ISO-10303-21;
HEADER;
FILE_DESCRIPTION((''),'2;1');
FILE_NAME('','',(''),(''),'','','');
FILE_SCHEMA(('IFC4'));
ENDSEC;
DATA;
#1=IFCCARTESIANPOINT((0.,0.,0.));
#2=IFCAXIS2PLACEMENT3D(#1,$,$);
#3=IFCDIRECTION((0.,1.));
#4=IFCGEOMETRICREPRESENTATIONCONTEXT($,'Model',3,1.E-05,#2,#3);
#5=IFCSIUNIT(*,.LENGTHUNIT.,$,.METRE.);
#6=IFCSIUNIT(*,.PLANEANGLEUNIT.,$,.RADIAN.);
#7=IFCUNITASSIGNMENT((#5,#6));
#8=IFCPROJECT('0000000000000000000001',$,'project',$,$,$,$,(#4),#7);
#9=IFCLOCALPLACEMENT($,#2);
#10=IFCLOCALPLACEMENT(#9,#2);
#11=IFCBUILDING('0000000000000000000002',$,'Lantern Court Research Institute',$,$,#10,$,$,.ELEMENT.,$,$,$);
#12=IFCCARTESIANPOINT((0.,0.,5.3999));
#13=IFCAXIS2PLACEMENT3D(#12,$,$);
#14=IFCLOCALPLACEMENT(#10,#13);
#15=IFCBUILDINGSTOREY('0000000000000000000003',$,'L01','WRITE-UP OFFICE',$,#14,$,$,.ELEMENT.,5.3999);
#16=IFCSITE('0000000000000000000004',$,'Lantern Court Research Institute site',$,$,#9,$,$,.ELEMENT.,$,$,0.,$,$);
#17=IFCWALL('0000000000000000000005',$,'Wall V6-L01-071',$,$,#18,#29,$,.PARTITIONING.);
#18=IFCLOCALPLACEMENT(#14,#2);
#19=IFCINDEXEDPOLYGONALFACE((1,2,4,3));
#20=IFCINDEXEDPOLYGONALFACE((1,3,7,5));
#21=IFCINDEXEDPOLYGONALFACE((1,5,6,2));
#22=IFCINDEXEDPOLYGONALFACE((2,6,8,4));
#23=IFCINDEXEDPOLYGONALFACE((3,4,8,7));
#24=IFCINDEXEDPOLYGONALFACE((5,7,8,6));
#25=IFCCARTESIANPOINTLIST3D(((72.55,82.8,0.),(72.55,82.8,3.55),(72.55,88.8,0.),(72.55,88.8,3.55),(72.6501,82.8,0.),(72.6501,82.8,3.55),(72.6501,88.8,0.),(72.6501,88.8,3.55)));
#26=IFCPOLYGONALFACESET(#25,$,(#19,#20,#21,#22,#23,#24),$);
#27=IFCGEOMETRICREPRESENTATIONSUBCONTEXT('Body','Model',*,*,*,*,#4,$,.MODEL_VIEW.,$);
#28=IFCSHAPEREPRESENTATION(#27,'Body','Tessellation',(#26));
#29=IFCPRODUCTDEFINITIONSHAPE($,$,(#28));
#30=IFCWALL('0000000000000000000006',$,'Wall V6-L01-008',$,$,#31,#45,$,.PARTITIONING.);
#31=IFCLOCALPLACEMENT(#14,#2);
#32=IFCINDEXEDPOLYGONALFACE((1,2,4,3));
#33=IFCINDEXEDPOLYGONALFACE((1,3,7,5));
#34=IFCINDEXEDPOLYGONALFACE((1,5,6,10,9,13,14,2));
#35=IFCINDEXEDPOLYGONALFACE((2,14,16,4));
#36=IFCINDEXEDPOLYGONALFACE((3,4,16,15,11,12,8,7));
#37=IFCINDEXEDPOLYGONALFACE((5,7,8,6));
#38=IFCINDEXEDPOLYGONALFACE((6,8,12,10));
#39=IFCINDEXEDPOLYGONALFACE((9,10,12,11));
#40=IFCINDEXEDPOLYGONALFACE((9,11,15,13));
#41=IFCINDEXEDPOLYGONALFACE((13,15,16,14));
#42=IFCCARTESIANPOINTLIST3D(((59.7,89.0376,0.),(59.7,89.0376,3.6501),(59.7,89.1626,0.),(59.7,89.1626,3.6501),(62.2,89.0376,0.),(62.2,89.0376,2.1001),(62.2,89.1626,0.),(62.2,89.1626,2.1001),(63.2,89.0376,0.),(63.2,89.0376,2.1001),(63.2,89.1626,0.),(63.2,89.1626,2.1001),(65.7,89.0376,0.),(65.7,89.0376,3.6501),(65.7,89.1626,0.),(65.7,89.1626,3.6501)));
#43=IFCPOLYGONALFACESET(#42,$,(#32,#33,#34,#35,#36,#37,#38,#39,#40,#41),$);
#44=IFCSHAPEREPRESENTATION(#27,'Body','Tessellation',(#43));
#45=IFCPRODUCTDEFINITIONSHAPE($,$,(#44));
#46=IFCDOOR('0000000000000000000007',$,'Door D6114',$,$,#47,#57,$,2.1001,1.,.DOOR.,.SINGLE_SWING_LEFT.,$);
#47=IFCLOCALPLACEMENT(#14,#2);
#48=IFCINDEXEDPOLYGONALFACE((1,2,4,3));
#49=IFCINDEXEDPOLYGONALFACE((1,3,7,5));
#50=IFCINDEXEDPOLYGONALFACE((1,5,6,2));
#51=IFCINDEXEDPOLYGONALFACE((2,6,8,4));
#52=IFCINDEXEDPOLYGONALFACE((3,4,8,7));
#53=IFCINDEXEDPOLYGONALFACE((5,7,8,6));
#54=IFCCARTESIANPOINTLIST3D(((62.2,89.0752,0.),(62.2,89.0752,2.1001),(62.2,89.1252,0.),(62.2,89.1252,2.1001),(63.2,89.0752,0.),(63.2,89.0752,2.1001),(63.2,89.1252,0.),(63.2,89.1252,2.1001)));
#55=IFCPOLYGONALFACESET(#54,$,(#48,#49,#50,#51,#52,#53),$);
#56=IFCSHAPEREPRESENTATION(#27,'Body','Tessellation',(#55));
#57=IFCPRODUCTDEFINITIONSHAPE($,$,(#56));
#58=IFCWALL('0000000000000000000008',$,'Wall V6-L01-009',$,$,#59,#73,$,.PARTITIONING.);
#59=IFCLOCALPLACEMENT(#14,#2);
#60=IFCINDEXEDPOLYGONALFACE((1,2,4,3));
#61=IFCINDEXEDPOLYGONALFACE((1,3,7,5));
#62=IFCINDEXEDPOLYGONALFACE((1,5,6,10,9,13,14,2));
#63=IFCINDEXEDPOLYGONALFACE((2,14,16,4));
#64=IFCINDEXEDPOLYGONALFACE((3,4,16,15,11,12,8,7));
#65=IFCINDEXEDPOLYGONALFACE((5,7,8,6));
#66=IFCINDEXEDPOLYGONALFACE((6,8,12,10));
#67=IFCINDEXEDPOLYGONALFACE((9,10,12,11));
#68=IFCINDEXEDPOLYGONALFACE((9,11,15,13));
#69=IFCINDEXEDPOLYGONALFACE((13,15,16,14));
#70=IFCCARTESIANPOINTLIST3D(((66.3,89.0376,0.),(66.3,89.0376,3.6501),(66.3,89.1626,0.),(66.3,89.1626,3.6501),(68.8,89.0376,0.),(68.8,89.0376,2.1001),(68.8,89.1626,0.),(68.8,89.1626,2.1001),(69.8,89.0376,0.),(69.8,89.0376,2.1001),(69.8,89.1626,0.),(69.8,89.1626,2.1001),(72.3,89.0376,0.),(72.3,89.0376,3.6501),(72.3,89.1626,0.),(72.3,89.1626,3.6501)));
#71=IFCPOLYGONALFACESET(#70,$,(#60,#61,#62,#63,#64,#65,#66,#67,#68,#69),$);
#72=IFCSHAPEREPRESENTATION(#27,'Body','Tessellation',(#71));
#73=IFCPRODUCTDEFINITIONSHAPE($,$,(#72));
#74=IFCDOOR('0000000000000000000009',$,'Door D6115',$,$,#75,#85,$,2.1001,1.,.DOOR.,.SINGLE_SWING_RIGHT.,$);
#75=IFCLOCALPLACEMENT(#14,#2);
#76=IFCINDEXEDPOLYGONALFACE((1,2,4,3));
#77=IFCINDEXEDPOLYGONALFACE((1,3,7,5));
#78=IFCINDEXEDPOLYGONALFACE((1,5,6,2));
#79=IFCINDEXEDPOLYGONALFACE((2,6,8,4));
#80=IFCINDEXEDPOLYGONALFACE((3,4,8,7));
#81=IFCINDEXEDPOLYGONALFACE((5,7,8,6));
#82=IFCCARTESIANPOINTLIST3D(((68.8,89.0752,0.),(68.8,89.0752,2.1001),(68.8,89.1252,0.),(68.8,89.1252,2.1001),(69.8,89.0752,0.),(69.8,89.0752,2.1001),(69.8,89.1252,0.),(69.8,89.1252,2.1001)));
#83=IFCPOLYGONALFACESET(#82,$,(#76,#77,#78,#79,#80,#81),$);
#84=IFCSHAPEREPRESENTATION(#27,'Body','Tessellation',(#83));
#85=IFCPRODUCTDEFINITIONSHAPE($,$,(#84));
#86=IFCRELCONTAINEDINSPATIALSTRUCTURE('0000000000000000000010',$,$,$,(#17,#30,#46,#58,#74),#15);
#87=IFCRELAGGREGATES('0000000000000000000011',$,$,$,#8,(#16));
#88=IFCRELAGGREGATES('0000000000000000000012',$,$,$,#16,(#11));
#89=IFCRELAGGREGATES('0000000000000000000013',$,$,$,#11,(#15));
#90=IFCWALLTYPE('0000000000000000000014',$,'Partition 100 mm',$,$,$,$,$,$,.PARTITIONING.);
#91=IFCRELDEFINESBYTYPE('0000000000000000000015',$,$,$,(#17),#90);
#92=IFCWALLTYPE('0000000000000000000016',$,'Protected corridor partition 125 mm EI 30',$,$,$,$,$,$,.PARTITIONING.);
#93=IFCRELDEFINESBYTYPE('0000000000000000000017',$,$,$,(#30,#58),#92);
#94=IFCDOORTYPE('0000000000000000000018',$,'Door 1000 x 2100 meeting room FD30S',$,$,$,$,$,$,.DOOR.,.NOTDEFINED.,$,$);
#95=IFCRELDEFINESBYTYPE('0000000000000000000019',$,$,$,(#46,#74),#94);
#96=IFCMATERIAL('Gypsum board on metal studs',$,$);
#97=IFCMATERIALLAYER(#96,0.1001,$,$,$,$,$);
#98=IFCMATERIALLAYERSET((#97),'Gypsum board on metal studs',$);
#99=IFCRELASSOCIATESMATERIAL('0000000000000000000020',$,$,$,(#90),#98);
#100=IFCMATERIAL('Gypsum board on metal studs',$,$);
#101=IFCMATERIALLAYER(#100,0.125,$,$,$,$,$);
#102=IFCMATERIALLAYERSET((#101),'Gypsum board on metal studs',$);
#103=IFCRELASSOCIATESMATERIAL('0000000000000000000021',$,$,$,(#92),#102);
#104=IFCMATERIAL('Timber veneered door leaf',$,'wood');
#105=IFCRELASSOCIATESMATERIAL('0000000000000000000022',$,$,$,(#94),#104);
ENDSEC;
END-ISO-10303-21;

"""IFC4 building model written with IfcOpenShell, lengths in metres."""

from ifc_helpers import new_model, si_unit, direction, frame, frame_2d, origin, place, context, subcontext, project, spatial, rectangle, extrude, material, layer, layer_set, type_object, element, fill, save


model = new_model("IFC4")

# Units and contexts
model_context = context("Model", 3, precision=1e-05, world=origin(), true_north=direction((0.0, 1.0)))
body_context = subcontext(model_context, "Body", "Model", "MODEL_VIEW")
ifc_project = project(units=[si_unit("LENGTHUNIT", "METRE"), si_unit("PLANEANGLEUNIT", "RADIAN")], contexts=[model_context])

# Site, building, storey
site_placement = place(None, origin())
site = spatial("IfcSite", under=ifc_project, at=site_placement, Name="Lantern Court Research Institute site", CompositionType="ELEMENT", RefElevation=0.0)
building_placement = place(site_placement, origin())
building = spatial("IfcBuilding", under=site, at=building_placement, Name="Lantern Court Research Institute", CompositionType="ELEMENT")
storey_placement = place(building_placement, frame((0.0, 0.0, 5.3999)))
storey = spatial("IfcBuildingStorey", under=building, at=storey_placement, Name="L01", Description="WRITE-UP OFFICE", CompositionType="ELEMENT", Elevation=5.3999)

# Wall
ifc_material_1 = material(Name="Gypsum board on metal studs")
ifc_layer_1 = layer(ifc_material_1, 0.1001)
ifc_layer_set_1 = layer_set([ifc_layer_1], Name="Gypsum board on metal studs")
wall_type_1 = type_object("IfcWallType", Name="Partition 100 mm", PredefinedType="PARTITIONING", material=ifc_layer_set_1)
for number, where, z_axis, x_axis, name in (
    (1, (72.6001, 82.8, 0.0), (0.0, 0.0, 1.0), (0.0, 1.0, 0.0), "Wall V6-L01-071"),
):
    element("IfcWall", number, at=place(storey_placement, frame(where, z_axis=z_axis, x_axis=x_axis)), inside=storey, type_object=wall_type_1, Name=name, PredefinedType="PARTITIONING", context=body_context, shape_type="SweptSolid", body=[
        extrude(rectangle(XDim=6.0, YDim=0.1001, at=frame_2d((3.0, 0.0))), origin(), (0.0, 0.0, 1.0), 3.55),
    ])

# Walls, openings, doors
ifc_material_2 = material(Name="Gypsum board on metal studs")
ifc_layer_2 = layer(ifc_material_2, 0.125)
ifc_layer_set_2 = layer_set([ifc_layer_2], Name="Gypsum board on metal studs")
wall_type_2 = type_object("IfcWallType", Name="Protected corridor partition 125 mm EI 30", PredefinedType="PARTITIONING", material=ifc_layer_set_2)
wall_1_placement = place(storey_placement, frame((65.7, 89.1001, 0.0), z_axis=(0.0, 0.0, 1.0), x_axis=(-1.0, 0.0, 0.0)))
wall_1 = element("IfcWall", 2, at=wall_1_placement, inside=storey, type_object=wall_type_2, Name="Wall V6-L01-008", PredefinedType="PARTITIONING", context=body_context, shape_type="SweptSolid", body=[
    extrude(rectangle(XDim=6.0, YDim=0.125, at=frame_2d((3.0, 0.0))), origin(), (0.0, 0.0, 1.0), 3.6501),
])
opening_1_placement = place(wall_1_placement, frame((2.5, 0.0, 0.0)))
opening_1 = element("IfcOpeningElement", 3, at=opening_1_placement, cuts=wall_1, PredefinedType="OPENING", context=body_context, shape_type="SweptSolid", body=[
    extrude(rectangle(XDim=1.0, YDim=2.1001, at=frame_2d((0.5, 1.05))), frame((0.0, 0.0725, 0.0), z_axis=(0.0, -1.0, 0.0), x_axis=(1.0, 0.0, 0.0)), (0.0, 0.0, 1.0), 0.145),
])
ifc_material_3 = material(Name="Timber veneered door leaf", Category="wood")
door_type = type_object("IfcDoorType", Name="Door 1000 x 2100 meeting room FD30S", OperationType="NOTDEFINED", PredefinedType="DOOR", material=ifc_material_3)
door_1_placement = place(opening_1_placement, origin())
door_1 = element("IfcDoor", 4, at=door_1_placement, inside=storey, type_object=door_type, Name="Door D6114", OperationType="SINGLE_SWING_LEFT", OverallHeight=2.1001, OverallWidth=1.0, PredefinedType="DOOR", context=body_context, shape_type="SweptSolid", body=[
    extrude(rectangle(XDim=1.0, YDim=2.1001, at=frame_2d((0.5, 1.05))), frame((0.0, 0.0249, 0.0), z_axis=(0.0, -1.0, 0.0), x_axis=(1.0, 0.0, 0.0)), (0.0, 0.0, 1.0), 0.05),
])
fill(opening_1, door_1)
wall_2_placement = place(storey_placement, frame((72.3, 89.1001, 0.0), z_axis=(0.0, 0.0, 1.0), x_axis=(-1.0, 0.0, 0.0)))
wall_2 = element("IfcWall", 5, at=wall_2_placement, inside=storey, type_object=wall_type_2, Name="Wall V6-L01-009", PredefinedType="PARTITIONING", context=body_context, shape_type="SweptSolid", body=[
    extrude(rectangle(XDim=6.0, YDim=0.125, at=frame_2d((3.0, 0.0))), origin(), (0.0, 0.0, 1.0), 3.6501),
])
opening_2_placement = place(wall_2_placement, frame((2.5, 0.0, 0.0)))
opening_2 = element("IfcOpeningElement", 6, at=opening_2_placement, cuts=wall_2, PredefinedType="OPENING", context=body_context, shape_type="SweptSolid", body=[
    extrude(rectangle(XDim=1.0, YDim=2.1001, at=frame_2d((0.5, 1.05))), frame((0.0, 0.0725, 0.0), z_axis=(0.0, -1.0, 0.0), x_axis=(1.0, 0.0, 0.0)), (0.0, 0.0, 1.0), 0.145),
])
door_2_placement = place(opening_2_placement, origin())
door_2 = element("IfcDoor", 7, at=door_2_placement, inside=storey, type_object=door_type, Name="Door D6115", OperationType="SINGLE_SWING_RIGHT", OverallHeight=2.1001, OverallWidth=1.0, PredefinedType="DOOR", context=body_context, shape_type="SweptSolid", body=[
    extrude(rectangle(XDim=1.0, YDim=2.1001, at=frame_2d((0.5, 1.05))), frame((0.0, 0.0249, 0.0), z_axis=(0.0, -1.0, 0.0), x_axis=(1.0, 0.0, 0.0)), (0.0, 0.0, 1.0), 0.05),
])
fill(opening_2, door_2)

save(model, "model.ifc")
